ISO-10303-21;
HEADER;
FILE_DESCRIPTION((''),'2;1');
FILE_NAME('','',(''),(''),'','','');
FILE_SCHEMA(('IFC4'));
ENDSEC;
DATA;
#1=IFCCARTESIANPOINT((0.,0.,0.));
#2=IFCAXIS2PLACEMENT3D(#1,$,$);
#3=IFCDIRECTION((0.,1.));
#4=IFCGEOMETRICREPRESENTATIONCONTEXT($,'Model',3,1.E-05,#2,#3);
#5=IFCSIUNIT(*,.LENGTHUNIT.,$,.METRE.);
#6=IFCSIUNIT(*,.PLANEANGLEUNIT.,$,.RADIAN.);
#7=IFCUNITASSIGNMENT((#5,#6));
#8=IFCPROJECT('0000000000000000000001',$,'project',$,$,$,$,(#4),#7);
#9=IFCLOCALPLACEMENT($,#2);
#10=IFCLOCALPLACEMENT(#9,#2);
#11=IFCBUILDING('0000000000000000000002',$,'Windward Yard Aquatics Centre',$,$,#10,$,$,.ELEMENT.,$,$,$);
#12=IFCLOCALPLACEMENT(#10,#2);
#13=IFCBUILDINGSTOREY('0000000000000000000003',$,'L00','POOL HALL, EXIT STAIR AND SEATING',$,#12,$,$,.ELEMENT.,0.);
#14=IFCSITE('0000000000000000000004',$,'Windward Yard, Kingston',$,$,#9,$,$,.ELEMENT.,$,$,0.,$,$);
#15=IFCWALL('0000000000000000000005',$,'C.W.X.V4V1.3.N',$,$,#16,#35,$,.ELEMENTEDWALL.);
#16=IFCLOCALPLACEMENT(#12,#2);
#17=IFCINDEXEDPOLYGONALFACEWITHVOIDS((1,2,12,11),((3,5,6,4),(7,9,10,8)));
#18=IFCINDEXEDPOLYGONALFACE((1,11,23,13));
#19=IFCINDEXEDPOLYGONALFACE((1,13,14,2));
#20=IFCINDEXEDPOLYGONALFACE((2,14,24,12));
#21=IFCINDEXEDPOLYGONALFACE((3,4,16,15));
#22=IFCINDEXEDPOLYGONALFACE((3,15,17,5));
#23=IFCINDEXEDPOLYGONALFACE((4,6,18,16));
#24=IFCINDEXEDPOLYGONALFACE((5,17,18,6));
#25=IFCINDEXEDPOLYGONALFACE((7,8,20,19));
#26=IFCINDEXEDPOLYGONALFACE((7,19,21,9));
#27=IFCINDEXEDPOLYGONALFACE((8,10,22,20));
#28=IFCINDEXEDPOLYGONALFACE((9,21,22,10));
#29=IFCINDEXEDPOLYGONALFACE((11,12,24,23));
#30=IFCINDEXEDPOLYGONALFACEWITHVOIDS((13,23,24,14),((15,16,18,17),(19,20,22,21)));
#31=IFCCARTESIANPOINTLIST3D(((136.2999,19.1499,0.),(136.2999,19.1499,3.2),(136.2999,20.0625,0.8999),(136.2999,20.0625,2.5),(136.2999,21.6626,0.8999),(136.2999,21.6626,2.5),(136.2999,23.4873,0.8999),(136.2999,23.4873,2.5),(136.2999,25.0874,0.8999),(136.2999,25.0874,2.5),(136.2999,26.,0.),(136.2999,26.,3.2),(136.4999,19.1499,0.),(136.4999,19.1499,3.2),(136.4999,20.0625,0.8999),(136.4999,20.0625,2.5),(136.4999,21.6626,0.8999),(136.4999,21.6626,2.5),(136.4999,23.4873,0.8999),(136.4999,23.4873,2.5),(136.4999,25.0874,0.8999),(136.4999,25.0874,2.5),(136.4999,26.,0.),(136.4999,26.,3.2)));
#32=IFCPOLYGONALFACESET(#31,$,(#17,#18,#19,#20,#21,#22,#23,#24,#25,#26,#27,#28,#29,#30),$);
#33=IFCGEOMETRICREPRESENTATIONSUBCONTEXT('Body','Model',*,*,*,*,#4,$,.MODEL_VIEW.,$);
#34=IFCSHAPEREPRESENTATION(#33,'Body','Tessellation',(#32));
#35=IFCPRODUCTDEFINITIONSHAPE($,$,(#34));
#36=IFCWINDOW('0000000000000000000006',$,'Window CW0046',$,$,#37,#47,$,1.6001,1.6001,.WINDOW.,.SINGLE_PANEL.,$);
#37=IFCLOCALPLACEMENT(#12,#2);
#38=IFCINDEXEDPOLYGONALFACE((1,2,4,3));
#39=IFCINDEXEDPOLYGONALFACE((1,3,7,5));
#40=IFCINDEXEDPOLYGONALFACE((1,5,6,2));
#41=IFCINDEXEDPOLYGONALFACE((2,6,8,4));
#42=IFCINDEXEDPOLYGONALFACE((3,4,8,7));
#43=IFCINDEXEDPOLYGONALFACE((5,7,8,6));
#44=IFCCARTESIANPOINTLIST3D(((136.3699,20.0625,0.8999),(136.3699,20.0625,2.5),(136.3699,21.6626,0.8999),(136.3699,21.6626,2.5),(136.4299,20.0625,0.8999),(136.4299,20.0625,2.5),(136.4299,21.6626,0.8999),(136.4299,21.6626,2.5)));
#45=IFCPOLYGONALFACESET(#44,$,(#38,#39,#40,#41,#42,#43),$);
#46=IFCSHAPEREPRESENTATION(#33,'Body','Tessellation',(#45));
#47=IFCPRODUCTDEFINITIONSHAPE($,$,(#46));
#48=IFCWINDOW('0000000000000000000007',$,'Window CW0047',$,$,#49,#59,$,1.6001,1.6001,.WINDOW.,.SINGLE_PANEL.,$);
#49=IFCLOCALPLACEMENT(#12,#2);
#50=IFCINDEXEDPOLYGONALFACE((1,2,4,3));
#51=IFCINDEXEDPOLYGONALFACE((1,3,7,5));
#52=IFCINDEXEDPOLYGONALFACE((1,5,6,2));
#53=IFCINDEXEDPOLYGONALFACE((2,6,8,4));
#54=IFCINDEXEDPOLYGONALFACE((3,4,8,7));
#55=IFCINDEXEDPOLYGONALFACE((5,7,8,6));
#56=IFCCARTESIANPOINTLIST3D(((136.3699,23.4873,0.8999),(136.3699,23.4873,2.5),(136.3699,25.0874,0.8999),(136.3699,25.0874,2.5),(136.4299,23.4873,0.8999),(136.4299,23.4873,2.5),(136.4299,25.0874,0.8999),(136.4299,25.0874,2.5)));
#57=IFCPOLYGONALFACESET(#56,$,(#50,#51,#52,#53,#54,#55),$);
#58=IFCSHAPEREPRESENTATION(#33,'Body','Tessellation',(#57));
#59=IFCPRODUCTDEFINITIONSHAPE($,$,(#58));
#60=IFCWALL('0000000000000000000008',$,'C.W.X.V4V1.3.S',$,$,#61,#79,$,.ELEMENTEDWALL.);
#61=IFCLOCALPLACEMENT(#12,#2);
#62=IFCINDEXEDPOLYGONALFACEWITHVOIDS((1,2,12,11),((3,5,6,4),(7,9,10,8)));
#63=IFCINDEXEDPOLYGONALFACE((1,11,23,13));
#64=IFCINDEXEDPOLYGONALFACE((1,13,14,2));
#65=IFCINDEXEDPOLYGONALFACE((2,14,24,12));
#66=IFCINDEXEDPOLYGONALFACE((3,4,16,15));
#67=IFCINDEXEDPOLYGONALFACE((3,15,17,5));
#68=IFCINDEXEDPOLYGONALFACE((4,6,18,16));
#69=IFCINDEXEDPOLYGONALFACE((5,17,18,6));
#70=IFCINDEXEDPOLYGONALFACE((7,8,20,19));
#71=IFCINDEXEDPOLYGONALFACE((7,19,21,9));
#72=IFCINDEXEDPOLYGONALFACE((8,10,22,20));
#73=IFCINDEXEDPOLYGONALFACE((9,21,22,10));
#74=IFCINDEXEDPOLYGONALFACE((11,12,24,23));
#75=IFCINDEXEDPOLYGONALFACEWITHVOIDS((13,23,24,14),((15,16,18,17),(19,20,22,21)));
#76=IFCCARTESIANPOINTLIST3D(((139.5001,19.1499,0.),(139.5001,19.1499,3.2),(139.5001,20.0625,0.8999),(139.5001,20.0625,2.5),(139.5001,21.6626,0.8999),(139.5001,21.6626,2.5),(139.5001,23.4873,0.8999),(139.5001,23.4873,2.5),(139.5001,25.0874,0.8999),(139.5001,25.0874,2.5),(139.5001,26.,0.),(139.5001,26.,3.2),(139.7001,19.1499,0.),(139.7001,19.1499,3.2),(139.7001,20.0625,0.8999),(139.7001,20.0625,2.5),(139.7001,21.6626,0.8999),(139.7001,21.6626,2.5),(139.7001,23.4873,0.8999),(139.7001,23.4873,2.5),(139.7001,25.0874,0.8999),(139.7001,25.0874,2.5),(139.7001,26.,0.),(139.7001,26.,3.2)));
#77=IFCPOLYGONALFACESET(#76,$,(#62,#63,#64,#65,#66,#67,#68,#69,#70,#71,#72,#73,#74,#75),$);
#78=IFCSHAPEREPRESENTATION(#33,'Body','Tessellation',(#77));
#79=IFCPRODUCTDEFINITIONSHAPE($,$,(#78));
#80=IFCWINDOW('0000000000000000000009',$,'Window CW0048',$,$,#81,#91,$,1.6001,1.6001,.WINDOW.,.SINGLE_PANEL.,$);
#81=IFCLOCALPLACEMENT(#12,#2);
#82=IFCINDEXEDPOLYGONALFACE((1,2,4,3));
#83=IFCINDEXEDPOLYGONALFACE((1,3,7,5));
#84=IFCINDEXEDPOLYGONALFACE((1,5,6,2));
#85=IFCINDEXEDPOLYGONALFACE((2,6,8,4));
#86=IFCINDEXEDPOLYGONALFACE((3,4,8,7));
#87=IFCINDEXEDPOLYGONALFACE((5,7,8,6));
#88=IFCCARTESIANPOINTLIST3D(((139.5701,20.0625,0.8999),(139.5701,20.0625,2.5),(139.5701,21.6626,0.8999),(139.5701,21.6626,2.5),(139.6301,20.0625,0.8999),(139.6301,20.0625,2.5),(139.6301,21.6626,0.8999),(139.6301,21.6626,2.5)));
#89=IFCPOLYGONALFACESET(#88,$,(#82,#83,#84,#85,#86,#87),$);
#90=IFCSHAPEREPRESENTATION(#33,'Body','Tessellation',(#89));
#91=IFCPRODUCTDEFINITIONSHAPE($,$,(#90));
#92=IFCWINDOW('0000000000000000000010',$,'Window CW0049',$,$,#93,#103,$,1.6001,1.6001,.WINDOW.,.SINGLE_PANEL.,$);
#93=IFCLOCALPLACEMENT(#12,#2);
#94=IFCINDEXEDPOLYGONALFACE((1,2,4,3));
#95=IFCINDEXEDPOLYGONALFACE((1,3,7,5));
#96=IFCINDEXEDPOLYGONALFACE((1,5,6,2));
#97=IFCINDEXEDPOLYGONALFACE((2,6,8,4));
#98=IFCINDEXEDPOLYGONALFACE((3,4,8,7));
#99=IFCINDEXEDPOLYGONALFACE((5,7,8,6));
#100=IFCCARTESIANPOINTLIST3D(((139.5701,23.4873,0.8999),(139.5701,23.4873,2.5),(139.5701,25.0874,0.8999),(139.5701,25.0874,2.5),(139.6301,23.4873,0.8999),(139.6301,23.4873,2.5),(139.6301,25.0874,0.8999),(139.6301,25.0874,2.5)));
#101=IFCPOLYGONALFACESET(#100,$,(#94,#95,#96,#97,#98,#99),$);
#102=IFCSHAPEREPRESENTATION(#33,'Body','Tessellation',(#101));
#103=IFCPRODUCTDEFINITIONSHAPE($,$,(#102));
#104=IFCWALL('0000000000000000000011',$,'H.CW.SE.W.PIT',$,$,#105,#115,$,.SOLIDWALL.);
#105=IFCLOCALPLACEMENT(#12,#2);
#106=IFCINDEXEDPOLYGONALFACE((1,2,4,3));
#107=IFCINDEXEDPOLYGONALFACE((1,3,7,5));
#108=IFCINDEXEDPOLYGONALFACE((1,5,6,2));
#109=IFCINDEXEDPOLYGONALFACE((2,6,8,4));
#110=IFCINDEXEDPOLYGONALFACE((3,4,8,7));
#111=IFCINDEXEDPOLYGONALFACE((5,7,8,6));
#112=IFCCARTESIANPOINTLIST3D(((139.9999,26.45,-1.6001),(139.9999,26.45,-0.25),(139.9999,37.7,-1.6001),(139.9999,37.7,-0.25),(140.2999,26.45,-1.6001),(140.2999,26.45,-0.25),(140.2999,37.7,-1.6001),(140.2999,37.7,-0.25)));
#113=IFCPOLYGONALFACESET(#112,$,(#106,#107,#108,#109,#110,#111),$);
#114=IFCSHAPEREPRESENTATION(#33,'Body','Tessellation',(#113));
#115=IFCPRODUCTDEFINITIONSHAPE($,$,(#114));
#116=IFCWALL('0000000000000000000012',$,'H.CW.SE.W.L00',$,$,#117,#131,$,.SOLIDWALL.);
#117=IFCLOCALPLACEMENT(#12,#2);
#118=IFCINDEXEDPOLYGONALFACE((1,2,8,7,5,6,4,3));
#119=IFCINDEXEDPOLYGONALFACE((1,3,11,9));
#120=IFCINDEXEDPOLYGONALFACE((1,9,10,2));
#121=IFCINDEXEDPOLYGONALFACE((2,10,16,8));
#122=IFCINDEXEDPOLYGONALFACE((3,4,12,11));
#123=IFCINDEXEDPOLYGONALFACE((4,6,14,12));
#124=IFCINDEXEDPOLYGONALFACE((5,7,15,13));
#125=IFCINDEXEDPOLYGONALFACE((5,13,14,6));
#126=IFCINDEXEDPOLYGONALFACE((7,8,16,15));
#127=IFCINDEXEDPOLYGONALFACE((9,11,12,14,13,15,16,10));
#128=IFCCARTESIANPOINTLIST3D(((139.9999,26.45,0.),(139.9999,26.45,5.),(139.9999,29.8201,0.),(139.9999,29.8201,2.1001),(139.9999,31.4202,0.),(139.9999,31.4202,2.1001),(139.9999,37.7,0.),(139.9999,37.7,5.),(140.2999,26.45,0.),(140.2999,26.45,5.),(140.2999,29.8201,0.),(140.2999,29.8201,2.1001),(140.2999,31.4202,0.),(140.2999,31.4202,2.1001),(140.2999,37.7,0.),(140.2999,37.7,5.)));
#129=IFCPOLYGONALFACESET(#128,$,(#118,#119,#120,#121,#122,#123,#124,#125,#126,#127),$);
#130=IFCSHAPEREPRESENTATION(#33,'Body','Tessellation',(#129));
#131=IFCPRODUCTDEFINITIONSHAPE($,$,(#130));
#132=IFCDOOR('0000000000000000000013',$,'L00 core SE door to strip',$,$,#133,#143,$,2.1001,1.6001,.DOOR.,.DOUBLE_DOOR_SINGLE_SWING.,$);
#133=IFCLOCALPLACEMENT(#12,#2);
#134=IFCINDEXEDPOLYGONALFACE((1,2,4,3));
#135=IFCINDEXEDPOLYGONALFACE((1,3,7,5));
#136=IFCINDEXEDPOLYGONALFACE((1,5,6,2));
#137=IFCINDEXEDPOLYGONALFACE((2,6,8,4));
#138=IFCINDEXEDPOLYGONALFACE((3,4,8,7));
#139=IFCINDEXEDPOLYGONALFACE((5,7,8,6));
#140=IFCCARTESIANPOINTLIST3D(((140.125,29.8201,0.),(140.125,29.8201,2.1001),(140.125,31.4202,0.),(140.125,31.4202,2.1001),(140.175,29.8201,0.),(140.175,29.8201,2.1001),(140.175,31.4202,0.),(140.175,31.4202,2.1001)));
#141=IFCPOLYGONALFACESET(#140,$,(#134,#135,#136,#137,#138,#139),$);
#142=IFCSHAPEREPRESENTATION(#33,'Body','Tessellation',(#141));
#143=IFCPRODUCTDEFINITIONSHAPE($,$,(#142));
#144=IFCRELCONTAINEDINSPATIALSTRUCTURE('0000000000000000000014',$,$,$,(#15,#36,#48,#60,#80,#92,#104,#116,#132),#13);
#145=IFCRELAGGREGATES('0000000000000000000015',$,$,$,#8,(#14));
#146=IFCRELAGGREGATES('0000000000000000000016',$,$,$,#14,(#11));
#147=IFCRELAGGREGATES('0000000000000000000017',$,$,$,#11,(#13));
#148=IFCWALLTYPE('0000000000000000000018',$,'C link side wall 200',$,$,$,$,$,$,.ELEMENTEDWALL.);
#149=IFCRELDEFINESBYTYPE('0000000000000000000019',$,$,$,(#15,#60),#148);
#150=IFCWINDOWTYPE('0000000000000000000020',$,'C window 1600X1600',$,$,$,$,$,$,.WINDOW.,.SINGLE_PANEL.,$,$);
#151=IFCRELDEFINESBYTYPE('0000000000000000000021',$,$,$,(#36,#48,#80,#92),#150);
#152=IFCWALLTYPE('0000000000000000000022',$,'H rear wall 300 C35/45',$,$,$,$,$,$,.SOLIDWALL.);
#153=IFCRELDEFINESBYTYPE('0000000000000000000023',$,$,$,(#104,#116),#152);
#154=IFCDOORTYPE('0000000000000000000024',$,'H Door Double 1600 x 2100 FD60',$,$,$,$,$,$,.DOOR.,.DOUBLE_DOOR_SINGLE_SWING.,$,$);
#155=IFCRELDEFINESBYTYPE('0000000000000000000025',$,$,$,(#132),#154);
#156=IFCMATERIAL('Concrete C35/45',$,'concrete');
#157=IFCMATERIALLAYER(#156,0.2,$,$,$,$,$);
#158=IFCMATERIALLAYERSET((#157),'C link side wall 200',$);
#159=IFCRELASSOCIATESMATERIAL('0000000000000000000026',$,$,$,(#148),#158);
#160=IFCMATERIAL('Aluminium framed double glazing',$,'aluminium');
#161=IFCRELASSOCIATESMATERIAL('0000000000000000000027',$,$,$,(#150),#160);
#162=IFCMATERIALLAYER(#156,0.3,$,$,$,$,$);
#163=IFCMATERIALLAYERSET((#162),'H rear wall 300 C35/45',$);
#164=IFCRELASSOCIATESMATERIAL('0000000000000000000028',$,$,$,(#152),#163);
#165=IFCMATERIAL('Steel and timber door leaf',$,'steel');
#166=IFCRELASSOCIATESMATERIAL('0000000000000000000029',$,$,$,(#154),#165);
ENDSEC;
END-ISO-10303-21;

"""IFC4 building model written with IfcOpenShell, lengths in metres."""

from ifc_helpers import new_model, si_unit, direction, frame, frame_2d, origin, place, context, subcontext, project, spatial, rectangle, extrude, material, layer, layer_set, type_object, element, fill, save


model = new_model("IFC4")

# Units and contexts
model_context = context("Model", 3, precision=1e-05, world=origin(), true_north=direction((0.0, 1.0)))
body_context = subcontext(model_context, "Body", "Model", "MODEL_VIEW")
ifc_project = project(units=[si_unit("LENGTHUNIT", "METRE"), si_unit("PLANEANGLEUNIT", "RADIAN")], contexts=[model_context])

# Site, building, storey
site_placement = place(None, origin())
site = spatial("IfcSite", under=ifc_project, at=site_placement, Name="Windward Yard, Kingston", CompositionType="ELEMENT", RefElevation=0.0)
building_placement = place(site_placement, origin())
building = spatial("IfcBuilding", under=site, at=building_placement, Name="Windward Yard Aquatics Centre", CompositionType="ELEMENT")
storey_placement = place(building_placement, origin())
storey = spatial("IfcBuildingStorey", under=building, at=storey_placement, Name="L00", Description="POOL HALL, EXIT STAIR AND SEATING", CompositionType="ELEMENT", Elevation=0.0)

# Shared definitions
ifc_material_1 = material(Name="Concrete C35/45", Category="concrete")

# Walls, openings, windows
ifc_layer_1 = layer(ifc_material_1, 0.2)
ifc_layer_set_1 = layer_set([ifc_layer_1], Name="C link side wall 200")
wall_type_1 = type_object("IfcWallType", Name="C link side wall 200", PredefinedType="ELEMENTEDWALL", material=ifc_layer_set_1)
wall_1_placement = place(storey_placement, frame((136.3999, 19.1499, 0.0), z_axis=(0.0, 0.0, 1.0), x_axis=(0.0, 1.0, 0.0)))
wall_1 = element("IfcWall", 1, at=wall_1_placement, inside=storey, type_object=wall_type_1, Name="C.W.X.V4V1.3.N", PredefinedType="ELEMENTEDWALL", context=body_context, shape_type="SweptSolid", body=[
    extrude(rectangle(XDim=6.8501, YDim=0.2, at=frame_2d((3.425, 0.0))), origin(), (0.0, 0.0, 1.0), 3.2),
])
opening_1_placement = place(wall_1_placement, frame((0.9126, 0.0, 0.8999)))
opening_1 = element("IfcOpeningElement", 2, at=opening_1_placement, cuts=wall_1, PredefinedType="OPENING", context=body_context, shape_type="SweptSolid", body=[
    extrude(rectangle(XDim=1.6001, YDim=1.6001, at=frame_2d((0.8, 0.8))), frame((0.0, 0.1099, 0.0), z_axis=(0.0, -1.0, 0.0), x_axis=(1.0, 0.0, 0.0)), (0.0, 0.0, 1.0), 0.22),
])
opening_2_placement = place(wall_1_placement, frame((4.3374, 0.0, 0.8999)))
opening_2 = element("IfcOpeningElement", 3, at=opening_2_placement, cuts=wall_1, PredefinedType="OPENING", context=body_context, shape_type="SweptSolid", body=[
    extrude(rectangle(XDim=1.6001, YDim=1.6001, at=frame_2d((0.8, 0.8))), frame((0.0, 0.1099, 0.0), z_axis=(0.0, -1.0, 0.0), x_axis=(1.0, 0.0, 0.0)), (0.0, 0.0, 1.0), 0.22),
])
ifc_material_2 = material(Name="Aluminium framed double glazing", Category="aluminium")
window_type_1 = type_object("IfcWindowType", Name="C window 1600X1600", PartitioningType="SINGLE_PANEL", PredefinedType="WINDOW", material=ifc_material_2)
window_1_placement = place(opening_1_placement, origin())
window_1 = element("IfcWindow", 4, at=window_1_placement, inside=storey, type_object=window_type_1, Name="Window CW0046", OverallHeight=1.6001, OverallWidth=1.6001, PartitioningType="SINGLE_PANEL", PredefinedType="WINDOW", context=body_context, shape_type="SweptSolid", body=[
    extrude(rectangle(XDim=1.6001, YDim=1.6001, at=frame_2d((0.8, 0.8))), frame((0.0, 0.03, 0.0), z_axis=(0.0, -1.0, 0.0), x_axis=(1.0, 0.0, 0.0)), (0.0, 0.0, 1.0), 0.0601),
])
fill(opening_1, window_1)
window_2_placement = place(opening_2_placement, origin())
window_2 = element("IfcWindow", 5, at=window_2_placement, inside=storey, type_object=window_type_1, Name="Window CW0047", OverallHeight=1.6001, OverallWidth=1.6001, PartitioningType="SINGLE_PANEL", PredefinedType="WINDOW", context=body_context, shape_type="SweptSolid", body=[
    extrude(rectangle(XDim=1.6001, YDim=1.6001, at=frame_2d((0.8, 0.8))), frame((0.0, 0.03, 0.0), z_axis=(0.0, -1.0, 0.0), x_axis=(1.0, 0.0, 0.0)), (0.0, 0.0, 1.0), 0.0601),
])
fill(opening_2, window_2)
wall_2_placement = place(storey_placement, frame((139.6001, 19.1499, 0.0), z_axis=(0.0, 0.0, 1.0), x_axis=(0.0, 1.0, 0.0)))
wall_2 = element("IfcWall", 6, at=wall_2_placement, inside=storey, type_object=wall_type_1, Name="C.W.X.V4V1.3.S", PredefinedType="ELEMENTEDWALL", context=body_context, shape_type="SweptSolid", body=[
    extrude(rectangle(XDim=6.8501, YDim=0.2, at=frame_2d((3.425, 0.0))), origin(), (0.0, 0.0, 1.0), 3.2),
])
opening_3_placement = place(wall_2_placement, frame((0.9126, 0.0, 0.8999)))
opening_3 = element("IfcOpeningElement", 7, at=opening_3_placement, cuts=wall_2, PredefinedType="OPENING", context=body_context, shape_type="SweptSolid", body=[
    extrude(rectangle(XDim=1.6001, YDim=1.6001, at=frame_2d((0.8, 0.8))), frame((0.0, 0.1099, 0.0), z_axis=(0.0, -1.0, 0.0), x_axis=(1.0, 0.0, 0.0)), (0.0, 0.0, 1.0), 0.22),
])
opening_4_placement = place(wall_2_placement, frame((4.3374, 0.0, 0.8999)))
opening_4 = element("IfcOpeningElement", 8, at=opening_4_placement, cuts=wall_2, PredefinedType="OPENING", context=body_context, shape_type="SweptSolid", body=[
    extrude(rectangle(XDim=1.6001, YDim=1.6001, at=frame_2d((0.8, 0.8))), frame((0.0, 0.1099, 0.0), z_axis=(0.0, -1.0, 0.0), x_axis=(1.0, 0.0, 0.0)), (0.0, 0.0, 1.0), 0.22),
])
window_3_placement = place(opening_3_placement, origin())
window_3 = element("IfcWindow", 9, at=window_3_placement, inside=storey, type_object=window_type_1, Name="Window CW0048", OverallHeight=1.6001, OverallWidth=1.6001, PartitioningType="SINGLE_PANEL", PredefinedType="WINDOW", context=body_context, shape_type="SweptSolid", body=[
    extrude(rectangle(XDim=1.6001, YDim=1.6001, at=frame_2d((0.8, 0.8))), frame((0.0, 0.03, 0.0), z_axis=(0.0, -1.0, 0.0), x_axis=(1.0, 0.0, 0.0)), (0.0, 0.0, 1.0), 0.0601),
])
fill(opening_3, window_3)
window_4_placement = place(opening_4_placement, origin())
window_4 = element("IfcWindow", 10, at=window_4_placement, inside=storey, type_object=window_type_1, Name="Window CW0049", OverallHeight=1.6001, OverallWidth=1.6001, PartitioningType="SINGLE_PANEL", PredefinedType="WINDOW", context=body_context, shape_type="SweptSolid", body=[
    extrude(rectangle(XDim=1.6001, YDim=1.6001, at=frame_2d((0.8, 0.8))), frame((0.0, 0.03, 0.0), z_axis=(0.0, -1.0, 0.0), x_axis=(1.0, 0.0, 0.0)), (0.0, 0.0, 1.0), 0.0601),
])
fill(opening_4, window_4)

# Wall
ifc_layer_2 = layer(ifc_material_1, 0.3)
ifc_layer_set_2 = layer_set([ifc_layer_2], Name="H rear wall 300 C35/45")
wall_type_2 = type_object("IfcWallType", Name="H rear wall 300 C35/45", PredefinedType="SOLIDWALL", material=ifc_layer_set_2)
wall_3_placement = place(storey_placement, frame((140.1499, 26.45, -1.6001), z_axis=(0.0, 0.0, 1.0), x_axis=(0.0, 1.0, 0.0)))
element("IfcWall", 11, at=wall_3_placement, inside=storey, type_object=wall_type_2, Name="H.CW.SE.W.PIT", PredefinedType="SOLIDWALL", context=body_context, shape_type="SweptSolid", body=[
    extrude(rectangle(XDim=11.25, YDim=0.3, at=frame_2d((5.625, 0.0))), origin(), (0.0, 0.0, 1.0), 1.3501),
])

# Wall, opening, door
wall_4_placement = place(storey_placement, frame((140.1499, 26.45, 0.0), z_axis=(0.0, 0.0, 1.0), x_axis=(0.0, 1.0, 0.0)))
wall_4 = element("IfcWall", 12, at=wall_4_placement, inside=storey, type_object=wall_type_2, Name="H.CW.SE.W.L00", PredefinedType="SOLIDWALL", context=body_context, shape_type="SweptSolid", body=[
    extrude(rectangle(XDim=11.25, YDim=0.3, at=frame_2d((5.625, 0.0))), origin(), (0.0, 0.0, 1.0), 5.0),
])
opening_5_placement = place(wall_4_placement, frame((3.3701, 0.0, 0.0)))
opening_5 = element("IfcOpeningElement", 13, at=opening_5_placement, cuts=wall_4, PredefinedType="OPENING", context=body_context, shape_type="SweptSolid", body=[
    extrude(rectangle(XDim=1.6001, YDim=2.1001, at=frame_2d((0.8, 1.05))), frame((0.0, 0.1602, 0.0), z_axis=(0.0, -1.0, 0.0), x_axis=(1.0, 0.0, 0.0)), (0.0, 0.0, 1.0), 0.3201),
])
ifc_material_3 = material(Name="Steel and timber door leaf", Category="steel")
door_type_1 = type_object("IfcDoorType", Name="H Door Double 1600 x 2100 FD60", OperationType="DOUBLE_DOOR_SINGLE_SWING", PredefinedType="DOOR", material=ifc_material_3)
door_1_placement = place(opening_5_placement, origin())
door_1 = element("IfcDoor", 14, at=door_1_placement, inside=storey, type_object=door_type_1, Name="L00 core SE door to strip", OperationType="DOUBLE_DOOR_SINGLE_SWING", OverallHeight=2.1001, OverallWidth=1.6001, PredefinedType="DOOR", context=body_context, shape_type="SweptSolid", body=[
    extrude(rectangle(XDim=1.6001, YDim=2.1001, at=frame_2d((0.8, 1.05))), frame((0.0, 0.0249, 0.0), z_axis=(0.0, -1.0, 0.0), x_axis=(1.0, 0.0, 0.0)), (0.0, 0.0, 1.0), 0.05),
])
fill(opening_5, door_1)

save(model, "model.ifc")
